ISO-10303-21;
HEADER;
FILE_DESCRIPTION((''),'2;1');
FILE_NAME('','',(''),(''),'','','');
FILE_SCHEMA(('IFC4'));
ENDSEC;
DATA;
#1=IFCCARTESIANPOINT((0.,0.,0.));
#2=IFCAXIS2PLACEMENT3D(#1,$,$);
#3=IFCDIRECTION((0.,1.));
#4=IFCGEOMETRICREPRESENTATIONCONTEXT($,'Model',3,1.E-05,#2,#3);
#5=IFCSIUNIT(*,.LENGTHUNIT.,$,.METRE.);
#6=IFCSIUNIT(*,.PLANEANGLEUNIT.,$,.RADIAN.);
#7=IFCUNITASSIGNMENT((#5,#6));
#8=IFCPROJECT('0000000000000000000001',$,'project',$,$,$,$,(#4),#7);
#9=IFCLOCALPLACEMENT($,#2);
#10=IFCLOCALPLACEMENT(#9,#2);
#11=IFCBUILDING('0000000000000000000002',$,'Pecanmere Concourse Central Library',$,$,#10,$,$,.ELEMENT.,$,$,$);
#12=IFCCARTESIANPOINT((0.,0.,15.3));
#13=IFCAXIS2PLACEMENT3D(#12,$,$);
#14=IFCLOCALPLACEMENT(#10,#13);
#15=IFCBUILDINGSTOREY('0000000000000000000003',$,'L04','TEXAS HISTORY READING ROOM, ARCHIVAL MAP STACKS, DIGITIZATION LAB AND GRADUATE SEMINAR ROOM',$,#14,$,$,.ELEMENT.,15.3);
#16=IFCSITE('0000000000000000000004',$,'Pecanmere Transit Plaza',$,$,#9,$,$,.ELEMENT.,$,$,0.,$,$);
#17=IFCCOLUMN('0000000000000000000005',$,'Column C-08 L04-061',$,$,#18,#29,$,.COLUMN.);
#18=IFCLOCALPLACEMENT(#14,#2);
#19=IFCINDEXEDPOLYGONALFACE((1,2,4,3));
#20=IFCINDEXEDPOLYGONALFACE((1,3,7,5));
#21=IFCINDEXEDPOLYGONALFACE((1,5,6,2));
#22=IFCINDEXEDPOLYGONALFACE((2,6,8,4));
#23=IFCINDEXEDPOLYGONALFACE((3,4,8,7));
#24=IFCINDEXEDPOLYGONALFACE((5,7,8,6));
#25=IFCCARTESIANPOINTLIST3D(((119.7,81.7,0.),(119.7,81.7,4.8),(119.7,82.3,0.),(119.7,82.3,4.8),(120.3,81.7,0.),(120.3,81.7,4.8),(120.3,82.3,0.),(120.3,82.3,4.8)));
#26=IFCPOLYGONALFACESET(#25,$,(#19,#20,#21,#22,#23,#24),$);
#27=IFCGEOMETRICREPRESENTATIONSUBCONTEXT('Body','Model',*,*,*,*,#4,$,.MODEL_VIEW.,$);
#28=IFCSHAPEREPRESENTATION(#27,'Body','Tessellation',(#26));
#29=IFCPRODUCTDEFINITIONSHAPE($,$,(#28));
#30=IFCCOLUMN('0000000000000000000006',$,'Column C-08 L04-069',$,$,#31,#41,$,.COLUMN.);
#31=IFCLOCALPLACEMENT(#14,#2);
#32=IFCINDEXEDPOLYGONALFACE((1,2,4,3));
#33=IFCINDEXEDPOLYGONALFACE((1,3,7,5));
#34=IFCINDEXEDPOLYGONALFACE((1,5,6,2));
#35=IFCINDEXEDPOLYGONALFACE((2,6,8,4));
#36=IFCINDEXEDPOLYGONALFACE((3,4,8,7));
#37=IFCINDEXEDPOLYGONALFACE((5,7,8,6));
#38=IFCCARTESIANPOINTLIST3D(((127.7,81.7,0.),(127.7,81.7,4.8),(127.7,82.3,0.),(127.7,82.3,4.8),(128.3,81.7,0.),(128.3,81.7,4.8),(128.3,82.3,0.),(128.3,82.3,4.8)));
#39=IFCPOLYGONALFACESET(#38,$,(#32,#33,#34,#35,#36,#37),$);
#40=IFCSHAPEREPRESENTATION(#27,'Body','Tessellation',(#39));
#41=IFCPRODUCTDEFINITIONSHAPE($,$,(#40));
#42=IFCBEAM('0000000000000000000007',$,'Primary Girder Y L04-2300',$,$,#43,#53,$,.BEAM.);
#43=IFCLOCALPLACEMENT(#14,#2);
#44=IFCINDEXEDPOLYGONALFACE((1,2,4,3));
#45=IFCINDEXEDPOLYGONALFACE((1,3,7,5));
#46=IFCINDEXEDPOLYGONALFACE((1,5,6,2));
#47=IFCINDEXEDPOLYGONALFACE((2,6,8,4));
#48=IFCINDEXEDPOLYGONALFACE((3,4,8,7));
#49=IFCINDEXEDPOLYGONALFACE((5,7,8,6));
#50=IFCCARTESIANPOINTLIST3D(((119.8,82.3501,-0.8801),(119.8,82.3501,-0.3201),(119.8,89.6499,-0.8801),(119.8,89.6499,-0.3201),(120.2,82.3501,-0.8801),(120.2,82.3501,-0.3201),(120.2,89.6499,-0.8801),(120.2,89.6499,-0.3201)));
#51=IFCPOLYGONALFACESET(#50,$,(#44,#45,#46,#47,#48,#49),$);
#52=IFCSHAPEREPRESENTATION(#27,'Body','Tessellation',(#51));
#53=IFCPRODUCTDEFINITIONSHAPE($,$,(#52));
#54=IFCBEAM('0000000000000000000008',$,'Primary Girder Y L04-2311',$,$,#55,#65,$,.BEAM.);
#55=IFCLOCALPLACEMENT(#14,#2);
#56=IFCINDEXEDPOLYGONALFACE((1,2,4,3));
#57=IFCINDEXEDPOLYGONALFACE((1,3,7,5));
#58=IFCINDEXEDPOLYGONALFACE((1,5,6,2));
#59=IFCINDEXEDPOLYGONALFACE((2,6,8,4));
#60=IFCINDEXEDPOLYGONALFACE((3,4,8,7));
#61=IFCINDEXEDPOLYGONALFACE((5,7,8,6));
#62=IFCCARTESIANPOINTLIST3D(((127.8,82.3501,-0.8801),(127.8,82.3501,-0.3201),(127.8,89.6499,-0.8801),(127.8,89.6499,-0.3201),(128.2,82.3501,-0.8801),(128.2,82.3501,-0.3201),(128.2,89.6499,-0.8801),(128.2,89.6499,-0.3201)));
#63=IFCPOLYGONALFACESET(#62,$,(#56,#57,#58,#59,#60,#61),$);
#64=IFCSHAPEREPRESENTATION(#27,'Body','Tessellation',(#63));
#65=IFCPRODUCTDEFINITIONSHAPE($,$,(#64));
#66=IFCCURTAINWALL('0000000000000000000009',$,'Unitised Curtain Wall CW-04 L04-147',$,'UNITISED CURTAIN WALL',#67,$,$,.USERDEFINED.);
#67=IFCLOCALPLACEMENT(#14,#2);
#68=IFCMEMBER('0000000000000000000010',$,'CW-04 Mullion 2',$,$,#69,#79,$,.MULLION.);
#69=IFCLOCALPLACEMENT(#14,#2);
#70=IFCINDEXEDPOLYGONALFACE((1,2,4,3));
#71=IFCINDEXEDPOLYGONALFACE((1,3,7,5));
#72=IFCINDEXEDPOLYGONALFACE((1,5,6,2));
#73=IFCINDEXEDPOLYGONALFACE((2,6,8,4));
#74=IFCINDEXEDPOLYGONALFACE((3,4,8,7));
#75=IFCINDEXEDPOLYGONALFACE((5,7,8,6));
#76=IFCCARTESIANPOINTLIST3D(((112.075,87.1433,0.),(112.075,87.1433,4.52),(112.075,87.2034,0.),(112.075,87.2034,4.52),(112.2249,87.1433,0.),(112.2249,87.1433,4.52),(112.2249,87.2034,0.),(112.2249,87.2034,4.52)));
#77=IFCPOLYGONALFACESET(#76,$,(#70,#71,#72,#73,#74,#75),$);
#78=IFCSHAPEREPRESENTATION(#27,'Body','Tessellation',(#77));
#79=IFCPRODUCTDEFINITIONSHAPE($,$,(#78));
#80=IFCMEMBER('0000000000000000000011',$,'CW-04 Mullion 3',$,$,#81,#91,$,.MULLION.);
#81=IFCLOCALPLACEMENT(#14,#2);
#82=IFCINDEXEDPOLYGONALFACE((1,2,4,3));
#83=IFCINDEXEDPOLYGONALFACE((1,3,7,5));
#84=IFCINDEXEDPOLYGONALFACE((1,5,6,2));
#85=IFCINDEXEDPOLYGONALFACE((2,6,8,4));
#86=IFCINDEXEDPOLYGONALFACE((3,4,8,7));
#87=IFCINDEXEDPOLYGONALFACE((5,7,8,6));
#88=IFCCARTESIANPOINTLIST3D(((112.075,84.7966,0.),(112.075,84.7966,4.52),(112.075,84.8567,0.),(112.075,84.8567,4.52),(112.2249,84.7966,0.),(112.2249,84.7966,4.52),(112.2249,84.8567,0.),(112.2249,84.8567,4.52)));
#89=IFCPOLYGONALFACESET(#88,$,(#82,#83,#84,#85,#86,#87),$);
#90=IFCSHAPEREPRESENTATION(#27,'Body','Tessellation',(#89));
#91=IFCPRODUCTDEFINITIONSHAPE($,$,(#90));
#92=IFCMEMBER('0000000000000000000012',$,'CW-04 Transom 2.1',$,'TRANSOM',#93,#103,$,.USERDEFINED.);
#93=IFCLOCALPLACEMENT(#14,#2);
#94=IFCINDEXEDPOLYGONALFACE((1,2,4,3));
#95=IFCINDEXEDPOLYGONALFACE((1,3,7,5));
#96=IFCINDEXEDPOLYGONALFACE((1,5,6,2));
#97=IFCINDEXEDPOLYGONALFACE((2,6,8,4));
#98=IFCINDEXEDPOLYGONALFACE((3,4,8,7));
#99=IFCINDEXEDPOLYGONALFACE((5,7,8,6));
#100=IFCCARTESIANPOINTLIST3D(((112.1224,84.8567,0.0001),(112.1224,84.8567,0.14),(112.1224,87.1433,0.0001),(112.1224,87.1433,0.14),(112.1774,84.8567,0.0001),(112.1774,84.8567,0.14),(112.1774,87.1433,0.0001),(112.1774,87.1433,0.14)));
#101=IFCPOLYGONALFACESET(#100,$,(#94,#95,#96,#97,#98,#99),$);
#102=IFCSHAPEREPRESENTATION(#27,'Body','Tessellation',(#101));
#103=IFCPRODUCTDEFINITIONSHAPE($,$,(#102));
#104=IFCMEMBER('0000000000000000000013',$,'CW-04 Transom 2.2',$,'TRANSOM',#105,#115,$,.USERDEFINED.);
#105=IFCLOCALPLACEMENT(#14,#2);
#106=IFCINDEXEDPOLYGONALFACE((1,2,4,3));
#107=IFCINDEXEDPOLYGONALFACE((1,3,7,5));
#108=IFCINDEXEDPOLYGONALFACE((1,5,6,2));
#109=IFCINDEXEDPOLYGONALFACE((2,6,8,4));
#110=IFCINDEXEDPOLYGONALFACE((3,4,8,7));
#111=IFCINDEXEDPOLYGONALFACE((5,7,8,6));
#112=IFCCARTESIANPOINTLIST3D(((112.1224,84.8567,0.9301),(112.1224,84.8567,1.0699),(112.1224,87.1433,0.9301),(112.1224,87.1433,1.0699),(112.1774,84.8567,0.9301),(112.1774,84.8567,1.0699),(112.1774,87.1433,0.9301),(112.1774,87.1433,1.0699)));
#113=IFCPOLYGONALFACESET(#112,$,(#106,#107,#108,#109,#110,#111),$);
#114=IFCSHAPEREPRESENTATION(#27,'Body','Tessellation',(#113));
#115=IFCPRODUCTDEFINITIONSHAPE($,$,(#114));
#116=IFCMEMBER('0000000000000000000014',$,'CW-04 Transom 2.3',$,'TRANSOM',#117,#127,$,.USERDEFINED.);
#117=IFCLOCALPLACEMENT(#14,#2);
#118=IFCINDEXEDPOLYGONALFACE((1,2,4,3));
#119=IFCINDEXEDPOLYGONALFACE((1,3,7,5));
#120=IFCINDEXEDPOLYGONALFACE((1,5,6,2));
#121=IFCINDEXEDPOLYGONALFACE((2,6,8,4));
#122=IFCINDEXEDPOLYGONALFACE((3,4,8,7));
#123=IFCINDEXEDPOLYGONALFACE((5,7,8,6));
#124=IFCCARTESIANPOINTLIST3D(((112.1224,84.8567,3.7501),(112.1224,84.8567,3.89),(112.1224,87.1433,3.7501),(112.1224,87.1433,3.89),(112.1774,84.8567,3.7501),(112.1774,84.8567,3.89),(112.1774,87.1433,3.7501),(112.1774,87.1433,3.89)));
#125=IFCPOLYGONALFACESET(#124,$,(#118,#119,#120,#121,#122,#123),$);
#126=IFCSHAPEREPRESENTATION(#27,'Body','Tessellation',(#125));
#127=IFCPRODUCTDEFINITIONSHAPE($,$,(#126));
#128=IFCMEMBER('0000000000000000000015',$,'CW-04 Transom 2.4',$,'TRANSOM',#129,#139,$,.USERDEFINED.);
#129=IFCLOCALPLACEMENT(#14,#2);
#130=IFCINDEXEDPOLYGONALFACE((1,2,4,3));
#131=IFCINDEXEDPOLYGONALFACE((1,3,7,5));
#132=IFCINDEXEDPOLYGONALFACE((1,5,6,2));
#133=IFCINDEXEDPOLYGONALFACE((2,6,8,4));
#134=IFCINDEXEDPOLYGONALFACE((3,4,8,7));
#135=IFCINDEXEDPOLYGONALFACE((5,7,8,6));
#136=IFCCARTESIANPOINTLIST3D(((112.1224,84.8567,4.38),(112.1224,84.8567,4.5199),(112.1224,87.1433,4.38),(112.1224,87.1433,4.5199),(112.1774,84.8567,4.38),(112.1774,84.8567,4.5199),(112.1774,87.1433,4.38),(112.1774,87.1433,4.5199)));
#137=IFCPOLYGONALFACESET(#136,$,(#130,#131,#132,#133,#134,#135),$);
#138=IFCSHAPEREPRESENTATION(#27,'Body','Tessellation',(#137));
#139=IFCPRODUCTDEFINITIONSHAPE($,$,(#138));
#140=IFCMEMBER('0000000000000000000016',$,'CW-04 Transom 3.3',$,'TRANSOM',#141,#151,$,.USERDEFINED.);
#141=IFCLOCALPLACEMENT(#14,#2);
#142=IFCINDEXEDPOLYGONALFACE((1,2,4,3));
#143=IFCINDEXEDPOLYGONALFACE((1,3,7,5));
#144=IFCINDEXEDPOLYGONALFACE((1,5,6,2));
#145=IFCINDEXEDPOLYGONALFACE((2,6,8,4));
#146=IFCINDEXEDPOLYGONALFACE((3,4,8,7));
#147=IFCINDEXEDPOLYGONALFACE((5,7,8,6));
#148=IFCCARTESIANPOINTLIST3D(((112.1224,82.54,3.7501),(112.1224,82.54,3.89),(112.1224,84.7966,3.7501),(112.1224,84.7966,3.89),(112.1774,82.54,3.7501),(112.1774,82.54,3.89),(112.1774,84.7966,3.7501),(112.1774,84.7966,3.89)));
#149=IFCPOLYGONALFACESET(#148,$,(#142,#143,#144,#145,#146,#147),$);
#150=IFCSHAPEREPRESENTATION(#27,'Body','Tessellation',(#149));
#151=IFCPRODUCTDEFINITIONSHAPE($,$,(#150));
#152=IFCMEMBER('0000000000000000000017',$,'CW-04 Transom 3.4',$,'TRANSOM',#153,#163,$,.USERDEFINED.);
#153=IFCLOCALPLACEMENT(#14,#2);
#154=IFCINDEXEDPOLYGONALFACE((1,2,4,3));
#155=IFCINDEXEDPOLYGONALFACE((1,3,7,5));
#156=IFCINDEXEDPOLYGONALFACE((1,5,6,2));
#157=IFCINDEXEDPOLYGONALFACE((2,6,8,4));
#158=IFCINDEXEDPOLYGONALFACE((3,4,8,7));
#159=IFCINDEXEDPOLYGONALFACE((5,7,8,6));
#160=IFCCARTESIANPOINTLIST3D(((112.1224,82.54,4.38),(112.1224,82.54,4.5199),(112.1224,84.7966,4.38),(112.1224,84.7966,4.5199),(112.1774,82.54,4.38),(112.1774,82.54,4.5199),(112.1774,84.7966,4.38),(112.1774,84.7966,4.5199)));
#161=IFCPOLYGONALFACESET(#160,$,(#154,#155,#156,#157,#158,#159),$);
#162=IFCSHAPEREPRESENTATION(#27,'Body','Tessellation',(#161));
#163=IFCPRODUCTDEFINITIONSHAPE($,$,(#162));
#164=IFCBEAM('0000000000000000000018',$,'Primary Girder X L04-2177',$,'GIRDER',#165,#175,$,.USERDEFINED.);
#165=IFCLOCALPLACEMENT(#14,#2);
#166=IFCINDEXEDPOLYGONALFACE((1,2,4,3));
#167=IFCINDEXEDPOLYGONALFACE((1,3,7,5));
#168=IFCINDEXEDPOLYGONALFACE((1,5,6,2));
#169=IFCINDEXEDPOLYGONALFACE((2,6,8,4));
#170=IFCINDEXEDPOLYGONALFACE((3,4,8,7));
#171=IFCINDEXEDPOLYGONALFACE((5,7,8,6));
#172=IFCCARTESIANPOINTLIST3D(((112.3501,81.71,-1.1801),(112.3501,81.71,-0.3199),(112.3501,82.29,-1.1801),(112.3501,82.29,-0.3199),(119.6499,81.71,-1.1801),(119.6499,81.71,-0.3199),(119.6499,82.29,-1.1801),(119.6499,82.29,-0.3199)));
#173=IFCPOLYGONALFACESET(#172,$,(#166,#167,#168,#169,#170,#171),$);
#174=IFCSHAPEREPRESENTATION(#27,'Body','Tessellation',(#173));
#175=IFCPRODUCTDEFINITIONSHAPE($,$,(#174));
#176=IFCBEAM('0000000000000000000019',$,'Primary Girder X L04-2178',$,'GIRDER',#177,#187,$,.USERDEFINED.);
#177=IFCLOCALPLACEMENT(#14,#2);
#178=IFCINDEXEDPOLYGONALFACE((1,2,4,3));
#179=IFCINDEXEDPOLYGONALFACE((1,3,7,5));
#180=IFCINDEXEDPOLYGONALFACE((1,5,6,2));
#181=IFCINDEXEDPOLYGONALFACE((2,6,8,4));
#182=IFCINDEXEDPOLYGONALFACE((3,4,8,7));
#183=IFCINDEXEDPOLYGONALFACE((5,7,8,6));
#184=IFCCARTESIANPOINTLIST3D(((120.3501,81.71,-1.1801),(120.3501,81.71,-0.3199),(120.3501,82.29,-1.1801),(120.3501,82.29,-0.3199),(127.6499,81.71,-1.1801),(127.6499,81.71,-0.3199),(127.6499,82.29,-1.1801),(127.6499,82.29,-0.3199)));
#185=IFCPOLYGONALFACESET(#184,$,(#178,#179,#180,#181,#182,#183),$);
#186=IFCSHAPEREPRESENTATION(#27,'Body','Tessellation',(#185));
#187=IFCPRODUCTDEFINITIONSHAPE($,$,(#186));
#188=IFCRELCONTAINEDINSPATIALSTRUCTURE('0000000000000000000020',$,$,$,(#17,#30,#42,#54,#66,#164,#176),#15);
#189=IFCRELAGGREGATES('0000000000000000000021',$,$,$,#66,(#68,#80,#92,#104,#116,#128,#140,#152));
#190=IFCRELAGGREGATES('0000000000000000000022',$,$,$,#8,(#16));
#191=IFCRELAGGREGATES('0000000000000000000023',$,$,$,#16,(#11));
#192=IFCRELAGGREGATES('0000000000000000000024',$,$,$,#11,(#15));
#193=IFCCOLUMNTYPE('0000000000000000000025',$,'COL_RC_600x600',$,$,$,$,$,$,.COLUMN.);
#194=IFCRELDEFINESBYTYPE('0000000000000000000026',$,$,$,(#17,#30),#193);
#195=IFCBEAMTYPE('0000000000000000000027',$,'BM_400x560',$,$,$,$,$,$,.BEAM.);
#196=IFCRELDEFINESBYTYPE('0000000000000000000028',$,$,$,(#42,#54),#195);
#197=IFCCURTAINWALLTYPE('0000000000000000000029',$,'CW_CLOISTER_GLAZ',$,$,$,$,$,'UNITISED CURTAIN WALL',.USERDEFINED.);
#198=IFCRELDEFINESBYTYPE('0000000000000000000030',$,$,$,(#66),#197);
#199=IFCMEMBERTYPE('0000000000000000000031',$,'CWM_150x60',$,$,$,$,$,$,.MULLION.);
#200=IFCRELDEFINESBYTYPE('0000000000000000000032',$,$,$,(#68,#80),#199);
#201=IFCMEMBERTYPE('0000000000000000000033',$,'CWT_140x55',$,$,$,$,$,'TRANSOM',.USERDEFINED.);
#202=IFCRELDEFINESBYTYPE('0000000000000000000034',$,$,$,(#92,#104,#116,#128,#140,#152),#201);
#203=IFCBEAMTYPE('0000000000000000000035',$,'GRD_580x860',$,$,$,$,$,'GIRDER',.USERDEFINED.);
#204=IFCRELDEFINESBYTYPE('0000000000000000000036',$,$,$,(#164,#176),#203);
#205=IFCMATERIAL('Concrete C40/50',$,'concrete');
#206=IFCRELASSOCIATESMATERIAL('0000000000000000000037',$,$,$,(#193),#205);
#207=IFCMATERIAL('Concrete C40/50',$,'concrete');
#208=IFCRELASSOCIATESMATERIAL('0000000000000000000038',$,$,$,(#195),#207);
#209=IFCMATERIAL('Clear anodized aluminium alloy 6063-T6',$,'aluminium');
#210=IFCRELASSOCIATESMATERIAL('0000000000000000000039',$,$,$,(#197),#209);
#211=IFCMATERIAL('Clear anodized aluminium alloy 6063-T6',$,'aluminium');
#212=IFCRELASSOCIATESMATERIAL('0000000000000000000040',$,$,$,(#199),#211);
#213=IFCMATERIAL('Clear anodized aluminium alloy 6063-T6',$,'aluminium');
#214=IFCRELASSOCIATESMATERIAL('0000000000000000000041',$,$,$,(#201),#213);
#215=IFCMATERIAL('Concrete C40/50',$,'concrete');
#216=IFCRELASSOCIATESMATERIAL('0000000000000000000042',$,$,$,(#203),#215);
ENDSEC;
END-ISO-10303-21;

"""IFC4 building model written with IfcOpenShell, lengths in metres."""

from ifc_helpers import new_model, si_unit, direction, frame, origin, origin_2d, place, context, subcontext, project, spatial, rectangle, extrude, material, material_profile, profile_set, type_object, element, aggregate, save


model = new_model("IFC4")

# Units and contexts
model_context = context("Model", 3, precision=1e-05, world=origin(), true_north=direction((0.0, 1.0)))
body_context = subcontext(model_context, "Body", "Model", "MODEL_VIEW")
ifc_project = project(units=[si_unit("LENGTHUNIT", "METRE"), si_unit("PLANEANGLEUNIT", "RADIAN")], contexts=[model_context])

# Site, building, storey
site_placement = place(None, origin())
site = spatial("IfcSite", under=ifc_project, at=site_placement, Name="Pecanmere Transit Plaza", CompositionType="ELEMENT", RefElevation=0.0)
building_placement = place(site_placement, origin())
building = spatial("IfcBuilding", under=site, at=building_placement, Name="Pecanmere Concourse Central Library", CompositionType="ELEMENT")
storey_placement = place(building_placement, frame((0.0, 0.0, 15.3)))
storey = spatial("IfcBuildingStorey", under=building, at=storey_placement, Name="L04", Description="TEXAS HISTORY READING ROOM, ARCHIVAL MAP STACKS, DIGITIZATION LAB AND GRADUATE SEMINAR ROOM", CompositionType="ELEMENT", Elevation=15.3)

# Columns
ifc_material_1 = material(Name="Concrete C40/50", Category="concrete")
ifc_material_profile_1 = material_profile(ifc_material_1, rectangle(XDim=0.6001, YDim=0.6001, at=origin_2d()), Name="RC 600x600")
ifc_profile_set_1 = profile_set([ifc_material_profile_1], Name="Concrete C40/50")
column_type = type_object("IfcColumnType", Name="COL_RC_600x600", PredefinedType="COLUMN", material=ifc_profile_set_1)
for number, where, z_axis, x_axis, name in (
    (1, (120.0, 82.0, 0.0), (0.0, 0.0, 1.0), (1.0, 0.0, 0.0), "Column C-08 L04-061"),
    (2, (128.0, 82.0, 0.0), (0.0, 0.0, 1.0), (1.0, 0.0, 0.0), "Column C-08 L04-069"),
):
    element("IfcColumn", number, at=place(storey_placement, frame(where, z_axis=z_axis, x_axis=x_axis)), inside=storey, type_object=column_type, Name=name, PredefinedType="COLUMN", context=body_context, shape_type="SweptSolid", body=[
        extrude(rectangle(XDim=0.6001, YDim=0.6001, at=origin_2d()), origin(), (0.0, 0.0, 1.0), 4.8),
    ])

# Beams
ifc_material_2 = material(Name="Concrete C40/50", Category="concrete")
ifc_material_profile_2 = material_profile(ifc_material_2, rectangle(XDim=0.3999, YDim=0.5601, at=origin_2d()), Name="RC 400x560")
ifc_profile_set_2 = profile_set([ifc_material_profile_2], Name="Concrete C40/50")
beam_type_1 = type_object("IfcBeamType", Name="BM_400x560", PredefinedType="BEAM", material=ifc_profile_set_2)
for number, where, z_axis, x_axis, name in (
    (3, (120.0, 82.3501, -0.6001), (0.0, 1.0, 0.0), (-1.0, 0.0, 0.0), "Primary Girder Y L04-2300"),
    (4, (128.0, 82.3501, -0.6001), (0.0, 1.0, 0.0), (-1.0, 0.0, 0.0), "Primary Girder Y L04-2311"),
):
    element("IfcBeam", number, at=place(storey_placement, frame(where, z_axis=z_axis, x_axis=x_axis)), inside=storey, type_object=beam_type_1, Name=name, PredefinedType="BEAM", context=body_context, shape_type="SweptSolid", body=[
        extrude(rectangle(XDim=0.3999, YDim=0.5601, at=origin_2d()), origin(), (0.0, 0.0, 1.0), 7.2998),
    ])

# Curtain wall, members
ifc_material_3 = material(Name="Clear anodized aluminium alloy 6063-T6", Category="aluminium")
curtain_wall_type = type_object("IfcCurtainWallType", Name="CW_CLOISTER_GLAZ", ElementType="UNITISED CURTAIN WALL", PredefinedType="USERDEFINED", material=ifc_material_3)
curtain_wall_placement = place(storey_placement, origin())
curtain_wall = element("IfcCurtainWall", 5, at=curtain_wall_placement, inside=storey, type_object=curtain_wall_type, Name="Unitised Curtain Wall CW-04 L04-147", ObjectType="UNITISED CURTAIN WALL", PredefinedType="USERDEFINED")
ifc_material_4 = material(Name="Clear anodized aluminium alloy 6063-T6", Category="aluminium")
ifc_material_profile_3 = material_profile(ifc_material_4, rectangle(XDim=0.0601, YDim=0.1499, at=origin_2d()), Name="AL 60x150")
ifc_profile_set_3 = profile_set([ifc_material_profile_3], Name="Clear anodized aluminium alloy 6063-T6")
member_type_1 = type_object("IfcMemberType", Name="CWM_150x60", PredefinedType="MULLION", material=ifc_profile_set_3)
member_1_placement = place(storey_placement, frame((112.1499, 87.1733, 0.0), z_axis=(0.0, 0.0, 1.0), x_axis=(0.0, -1.0, 0.0)))
member_1 = element("IfcMember", 6, at=member_1_placement, type_object=member_type_1, Name="CW-04 Mullion 2", PredefinedType="MULLION", context=body_context, shape_type="SweptSolid", body=[
    extrude(rectangle(XDim=0.0601, YDim=0.1499, at=origin_2d()), origin(), (0.0, 0.0, 1.0), 4.52),
])
member_2_placement = place(storey_placement, frame((112.1499, 84.8267, 0.0), z_axis=(0.0, 0.0, 1.0), x_axis=(0.0, -1.0, 0.0)))
member_2 = element("IfcMember", 7, at=member_2_placement, type_object=member_type_1, Name="CW-04 Mullion 3", PredefinedType="MULLION", context=body_context, shape_type="SweptSolid", body=[
    extrude(rectangle(XDim=0.0601, YDim=0.1499, at=origin_2d()), origin(), (0.0, 0.0, 1.0), 4.52),
])
ifc_material_5 = material(Name="Clear anodized aluminium alloy 6063-T6", Category="aluminium")
ifc_material_profile_4 = material_profile(ifc_material_5, rectangle(XDim=0.0549, YDim=0.1399, at=origin_2d()), Name="AL 55x140")
ifc_profile_set_4 = profile_set([ifc_material_profile_4], Name="Clear anodized aluminium alloy 6063-T6")
member_type_2 = type_object("IfcMemberType", Name="CWT_140x55", ElementType="TRANSOM", PredefinedType="USERDEFINED", material=ifc_profile_set_4)
member_3_placement = place(storey_placement, frame((112.1499, 87.1433, 0.0701), z_axis=(0.0, -1.0, 0.0), x_axis=(1.0, 0.0, 0.0)))
member_3 = element("IfcMember", 8, at=member_3_placement, type_object=member_type_2, Name="CW-04 Transom 2.1", ObjectType="TRANSOM", PredefinedType="USERDEFINED", context=body_context, shape_type="SweptSolid", body=[
    extrude(rectangle(XDim=0.0549, YDim=0.1399, at=origin_2d()), origin(), (0.0, 0.0, 1.0), 2.2866),
])
member_4_placement = place(storey_placement, frame((112.1499, 87.1433, 1.0), z_axis=(0.0, -1.0, 0.0), x_axis=(1.0, 0.0, 0.0)))
member_4 = element("IfcMember", 9, at=member_4_placement, type_object=member_type_2, Name="CW-04 Transom 2.2", ObjectType="TRANSOM", PredefinedType="USERDEFINED", context=body_context, shape_type="SweptSolid", body=[
    extrude(rectangle(XDim=0.0549, YDim=0.1399, at=origin_2d()), origin(), (0.0, 0.0, 1.0), 2.2866),
])
member_5_placement = place(storey_placement, frame((112.1499, 87.1433, 3.8201), z_axis=(0.0, -1.0, 0.0), x_axis=(1.0, 0.0, 0.0)))
member_5 = element("IfcMember", 10, at=member_5_placement, type_object=member_type_2, Name="CW-04 Transom 2.3", ObjectType="TRANSOM", PredefinedType="USERDEFINED", context=body_context, shape_type="SweptSolid", body=[
    extrude(rectangle(XDim=0.0549, YDim=0.1399, at=origin_2d()), origin(), (0.0, 0.0, 1.0), 2.2866),
])
member_6_placement = place(storey_placement, frame((112.1499, 87.1433, 4.45), z_axis=(0.0, -1.0, 0.0), x_axis=(1.0, 0.0, 0.0)))
member_6 = element("IfcMember", 11, at=member_6_placement, type_object=member_type_2, Name="CW-04 Transom 2.4", ObjectType="TRANSOM", PredefinedType="USERDEFINED", context=body_context, shape_type="SweptSolid", body=[
    extrude(rectangle(XDim=0.0549, YDim=0.1399, at=origin_2d()), origin(), (0.0, 0.0, 1.0), 2.2866),
])
member_7_placement = place(storey_placement, frame((112.1499, 84.7966, 3.8201), z_axis=(0.0, -1.0, 0.0), x_axis=(1.0, 0.0, 0.0)))
member_7 = element("IfcMember", 12, at=member_7_placement, type_object=member_type_2, Name="CW-04 Transom 3.3", ObjectType="TRANSOM", PredefinedType="USERDEFINED", context=body_context, shape_type="SweptSolid", body=[
    extrude(rectangle(XDim=0.0549, YDim=0.1399, at=origin_2d()), origin(), (0.0, 0.0, 1.0), 2.2566),
])
member_8_placement = place(storey_placement, frame((112.1499, 84.7966, 4.45), z_axis=(0.0, -1.0, 0.0), x_axis=(1.0, 0.0, 0.0)))
member_8 = element("IfcMember", 13, at=member_8_placement, type_object=member_type_2, Name="CW-04 Transom 3.4", ObjectType="TRANSOM", PredefinedType="USERDEFINED", context=body_context, shape_type="SweptSolid", body=[
    extrude(rectangle(XDim=0.0549, YDim=0.1399, at=origin_2d()), origin(), (0.0, 0.0, 1.0), 2.2566),
])

# Beams
ifc_material_6 = material(Name="Concrete C40/50", Category="concrete")
ifc_material_profile_5 = material_profile(ifc_material_6, rectangle(XDim=0.5801, YDim=0.8601, at=origin_2d()), Name="RC 580x860")
ifc_profile_set_5 = profile_set([ifc_material_profile_5], Name="Concrete C40/50")
beam_type_2 = type_object("IfcBeamType", Name="GRD_580x860", ElementType="GIRDER", PredefinedType="USERDEFINED", material=ifc_profile_set_5)
for number, where, z_axis, x_axis, name in (
    (14, (112.3501, 82.0, -0.75), (1.0, 0.0, 0.0), (0.0, 1.0, 0.0), "Primary Girder X L04-2177"),
    (15, (120.3501, 82.0, -0.75), (1.0, 0.0, 0.0), (0.0, 1.0, 0.0), "Primary Girder X L04-2178"),
):
    element("IfcBeam", number, at=place(storey_placement, frame(where, z_axis=z_axis, x_axis=x_axis)), inside=storey, type_object=beam_type_2, Name=name, ObjectType="GIRDER", PredefinedType="USERDEFINED", context=body_context, shape_type="SweptSolid", body=[
        extrude(rectangle(XDim=0.5801, YDim=0.8601, at=origin_2d()), origin(), (0.0, 0.0, 1.0), 7.2998),
    ])

aggregate(curtain_wall, [member_1, member_2, member_3, member_4, member_5, member_6, member_7, member_8])

save(model, "model.ifc")
